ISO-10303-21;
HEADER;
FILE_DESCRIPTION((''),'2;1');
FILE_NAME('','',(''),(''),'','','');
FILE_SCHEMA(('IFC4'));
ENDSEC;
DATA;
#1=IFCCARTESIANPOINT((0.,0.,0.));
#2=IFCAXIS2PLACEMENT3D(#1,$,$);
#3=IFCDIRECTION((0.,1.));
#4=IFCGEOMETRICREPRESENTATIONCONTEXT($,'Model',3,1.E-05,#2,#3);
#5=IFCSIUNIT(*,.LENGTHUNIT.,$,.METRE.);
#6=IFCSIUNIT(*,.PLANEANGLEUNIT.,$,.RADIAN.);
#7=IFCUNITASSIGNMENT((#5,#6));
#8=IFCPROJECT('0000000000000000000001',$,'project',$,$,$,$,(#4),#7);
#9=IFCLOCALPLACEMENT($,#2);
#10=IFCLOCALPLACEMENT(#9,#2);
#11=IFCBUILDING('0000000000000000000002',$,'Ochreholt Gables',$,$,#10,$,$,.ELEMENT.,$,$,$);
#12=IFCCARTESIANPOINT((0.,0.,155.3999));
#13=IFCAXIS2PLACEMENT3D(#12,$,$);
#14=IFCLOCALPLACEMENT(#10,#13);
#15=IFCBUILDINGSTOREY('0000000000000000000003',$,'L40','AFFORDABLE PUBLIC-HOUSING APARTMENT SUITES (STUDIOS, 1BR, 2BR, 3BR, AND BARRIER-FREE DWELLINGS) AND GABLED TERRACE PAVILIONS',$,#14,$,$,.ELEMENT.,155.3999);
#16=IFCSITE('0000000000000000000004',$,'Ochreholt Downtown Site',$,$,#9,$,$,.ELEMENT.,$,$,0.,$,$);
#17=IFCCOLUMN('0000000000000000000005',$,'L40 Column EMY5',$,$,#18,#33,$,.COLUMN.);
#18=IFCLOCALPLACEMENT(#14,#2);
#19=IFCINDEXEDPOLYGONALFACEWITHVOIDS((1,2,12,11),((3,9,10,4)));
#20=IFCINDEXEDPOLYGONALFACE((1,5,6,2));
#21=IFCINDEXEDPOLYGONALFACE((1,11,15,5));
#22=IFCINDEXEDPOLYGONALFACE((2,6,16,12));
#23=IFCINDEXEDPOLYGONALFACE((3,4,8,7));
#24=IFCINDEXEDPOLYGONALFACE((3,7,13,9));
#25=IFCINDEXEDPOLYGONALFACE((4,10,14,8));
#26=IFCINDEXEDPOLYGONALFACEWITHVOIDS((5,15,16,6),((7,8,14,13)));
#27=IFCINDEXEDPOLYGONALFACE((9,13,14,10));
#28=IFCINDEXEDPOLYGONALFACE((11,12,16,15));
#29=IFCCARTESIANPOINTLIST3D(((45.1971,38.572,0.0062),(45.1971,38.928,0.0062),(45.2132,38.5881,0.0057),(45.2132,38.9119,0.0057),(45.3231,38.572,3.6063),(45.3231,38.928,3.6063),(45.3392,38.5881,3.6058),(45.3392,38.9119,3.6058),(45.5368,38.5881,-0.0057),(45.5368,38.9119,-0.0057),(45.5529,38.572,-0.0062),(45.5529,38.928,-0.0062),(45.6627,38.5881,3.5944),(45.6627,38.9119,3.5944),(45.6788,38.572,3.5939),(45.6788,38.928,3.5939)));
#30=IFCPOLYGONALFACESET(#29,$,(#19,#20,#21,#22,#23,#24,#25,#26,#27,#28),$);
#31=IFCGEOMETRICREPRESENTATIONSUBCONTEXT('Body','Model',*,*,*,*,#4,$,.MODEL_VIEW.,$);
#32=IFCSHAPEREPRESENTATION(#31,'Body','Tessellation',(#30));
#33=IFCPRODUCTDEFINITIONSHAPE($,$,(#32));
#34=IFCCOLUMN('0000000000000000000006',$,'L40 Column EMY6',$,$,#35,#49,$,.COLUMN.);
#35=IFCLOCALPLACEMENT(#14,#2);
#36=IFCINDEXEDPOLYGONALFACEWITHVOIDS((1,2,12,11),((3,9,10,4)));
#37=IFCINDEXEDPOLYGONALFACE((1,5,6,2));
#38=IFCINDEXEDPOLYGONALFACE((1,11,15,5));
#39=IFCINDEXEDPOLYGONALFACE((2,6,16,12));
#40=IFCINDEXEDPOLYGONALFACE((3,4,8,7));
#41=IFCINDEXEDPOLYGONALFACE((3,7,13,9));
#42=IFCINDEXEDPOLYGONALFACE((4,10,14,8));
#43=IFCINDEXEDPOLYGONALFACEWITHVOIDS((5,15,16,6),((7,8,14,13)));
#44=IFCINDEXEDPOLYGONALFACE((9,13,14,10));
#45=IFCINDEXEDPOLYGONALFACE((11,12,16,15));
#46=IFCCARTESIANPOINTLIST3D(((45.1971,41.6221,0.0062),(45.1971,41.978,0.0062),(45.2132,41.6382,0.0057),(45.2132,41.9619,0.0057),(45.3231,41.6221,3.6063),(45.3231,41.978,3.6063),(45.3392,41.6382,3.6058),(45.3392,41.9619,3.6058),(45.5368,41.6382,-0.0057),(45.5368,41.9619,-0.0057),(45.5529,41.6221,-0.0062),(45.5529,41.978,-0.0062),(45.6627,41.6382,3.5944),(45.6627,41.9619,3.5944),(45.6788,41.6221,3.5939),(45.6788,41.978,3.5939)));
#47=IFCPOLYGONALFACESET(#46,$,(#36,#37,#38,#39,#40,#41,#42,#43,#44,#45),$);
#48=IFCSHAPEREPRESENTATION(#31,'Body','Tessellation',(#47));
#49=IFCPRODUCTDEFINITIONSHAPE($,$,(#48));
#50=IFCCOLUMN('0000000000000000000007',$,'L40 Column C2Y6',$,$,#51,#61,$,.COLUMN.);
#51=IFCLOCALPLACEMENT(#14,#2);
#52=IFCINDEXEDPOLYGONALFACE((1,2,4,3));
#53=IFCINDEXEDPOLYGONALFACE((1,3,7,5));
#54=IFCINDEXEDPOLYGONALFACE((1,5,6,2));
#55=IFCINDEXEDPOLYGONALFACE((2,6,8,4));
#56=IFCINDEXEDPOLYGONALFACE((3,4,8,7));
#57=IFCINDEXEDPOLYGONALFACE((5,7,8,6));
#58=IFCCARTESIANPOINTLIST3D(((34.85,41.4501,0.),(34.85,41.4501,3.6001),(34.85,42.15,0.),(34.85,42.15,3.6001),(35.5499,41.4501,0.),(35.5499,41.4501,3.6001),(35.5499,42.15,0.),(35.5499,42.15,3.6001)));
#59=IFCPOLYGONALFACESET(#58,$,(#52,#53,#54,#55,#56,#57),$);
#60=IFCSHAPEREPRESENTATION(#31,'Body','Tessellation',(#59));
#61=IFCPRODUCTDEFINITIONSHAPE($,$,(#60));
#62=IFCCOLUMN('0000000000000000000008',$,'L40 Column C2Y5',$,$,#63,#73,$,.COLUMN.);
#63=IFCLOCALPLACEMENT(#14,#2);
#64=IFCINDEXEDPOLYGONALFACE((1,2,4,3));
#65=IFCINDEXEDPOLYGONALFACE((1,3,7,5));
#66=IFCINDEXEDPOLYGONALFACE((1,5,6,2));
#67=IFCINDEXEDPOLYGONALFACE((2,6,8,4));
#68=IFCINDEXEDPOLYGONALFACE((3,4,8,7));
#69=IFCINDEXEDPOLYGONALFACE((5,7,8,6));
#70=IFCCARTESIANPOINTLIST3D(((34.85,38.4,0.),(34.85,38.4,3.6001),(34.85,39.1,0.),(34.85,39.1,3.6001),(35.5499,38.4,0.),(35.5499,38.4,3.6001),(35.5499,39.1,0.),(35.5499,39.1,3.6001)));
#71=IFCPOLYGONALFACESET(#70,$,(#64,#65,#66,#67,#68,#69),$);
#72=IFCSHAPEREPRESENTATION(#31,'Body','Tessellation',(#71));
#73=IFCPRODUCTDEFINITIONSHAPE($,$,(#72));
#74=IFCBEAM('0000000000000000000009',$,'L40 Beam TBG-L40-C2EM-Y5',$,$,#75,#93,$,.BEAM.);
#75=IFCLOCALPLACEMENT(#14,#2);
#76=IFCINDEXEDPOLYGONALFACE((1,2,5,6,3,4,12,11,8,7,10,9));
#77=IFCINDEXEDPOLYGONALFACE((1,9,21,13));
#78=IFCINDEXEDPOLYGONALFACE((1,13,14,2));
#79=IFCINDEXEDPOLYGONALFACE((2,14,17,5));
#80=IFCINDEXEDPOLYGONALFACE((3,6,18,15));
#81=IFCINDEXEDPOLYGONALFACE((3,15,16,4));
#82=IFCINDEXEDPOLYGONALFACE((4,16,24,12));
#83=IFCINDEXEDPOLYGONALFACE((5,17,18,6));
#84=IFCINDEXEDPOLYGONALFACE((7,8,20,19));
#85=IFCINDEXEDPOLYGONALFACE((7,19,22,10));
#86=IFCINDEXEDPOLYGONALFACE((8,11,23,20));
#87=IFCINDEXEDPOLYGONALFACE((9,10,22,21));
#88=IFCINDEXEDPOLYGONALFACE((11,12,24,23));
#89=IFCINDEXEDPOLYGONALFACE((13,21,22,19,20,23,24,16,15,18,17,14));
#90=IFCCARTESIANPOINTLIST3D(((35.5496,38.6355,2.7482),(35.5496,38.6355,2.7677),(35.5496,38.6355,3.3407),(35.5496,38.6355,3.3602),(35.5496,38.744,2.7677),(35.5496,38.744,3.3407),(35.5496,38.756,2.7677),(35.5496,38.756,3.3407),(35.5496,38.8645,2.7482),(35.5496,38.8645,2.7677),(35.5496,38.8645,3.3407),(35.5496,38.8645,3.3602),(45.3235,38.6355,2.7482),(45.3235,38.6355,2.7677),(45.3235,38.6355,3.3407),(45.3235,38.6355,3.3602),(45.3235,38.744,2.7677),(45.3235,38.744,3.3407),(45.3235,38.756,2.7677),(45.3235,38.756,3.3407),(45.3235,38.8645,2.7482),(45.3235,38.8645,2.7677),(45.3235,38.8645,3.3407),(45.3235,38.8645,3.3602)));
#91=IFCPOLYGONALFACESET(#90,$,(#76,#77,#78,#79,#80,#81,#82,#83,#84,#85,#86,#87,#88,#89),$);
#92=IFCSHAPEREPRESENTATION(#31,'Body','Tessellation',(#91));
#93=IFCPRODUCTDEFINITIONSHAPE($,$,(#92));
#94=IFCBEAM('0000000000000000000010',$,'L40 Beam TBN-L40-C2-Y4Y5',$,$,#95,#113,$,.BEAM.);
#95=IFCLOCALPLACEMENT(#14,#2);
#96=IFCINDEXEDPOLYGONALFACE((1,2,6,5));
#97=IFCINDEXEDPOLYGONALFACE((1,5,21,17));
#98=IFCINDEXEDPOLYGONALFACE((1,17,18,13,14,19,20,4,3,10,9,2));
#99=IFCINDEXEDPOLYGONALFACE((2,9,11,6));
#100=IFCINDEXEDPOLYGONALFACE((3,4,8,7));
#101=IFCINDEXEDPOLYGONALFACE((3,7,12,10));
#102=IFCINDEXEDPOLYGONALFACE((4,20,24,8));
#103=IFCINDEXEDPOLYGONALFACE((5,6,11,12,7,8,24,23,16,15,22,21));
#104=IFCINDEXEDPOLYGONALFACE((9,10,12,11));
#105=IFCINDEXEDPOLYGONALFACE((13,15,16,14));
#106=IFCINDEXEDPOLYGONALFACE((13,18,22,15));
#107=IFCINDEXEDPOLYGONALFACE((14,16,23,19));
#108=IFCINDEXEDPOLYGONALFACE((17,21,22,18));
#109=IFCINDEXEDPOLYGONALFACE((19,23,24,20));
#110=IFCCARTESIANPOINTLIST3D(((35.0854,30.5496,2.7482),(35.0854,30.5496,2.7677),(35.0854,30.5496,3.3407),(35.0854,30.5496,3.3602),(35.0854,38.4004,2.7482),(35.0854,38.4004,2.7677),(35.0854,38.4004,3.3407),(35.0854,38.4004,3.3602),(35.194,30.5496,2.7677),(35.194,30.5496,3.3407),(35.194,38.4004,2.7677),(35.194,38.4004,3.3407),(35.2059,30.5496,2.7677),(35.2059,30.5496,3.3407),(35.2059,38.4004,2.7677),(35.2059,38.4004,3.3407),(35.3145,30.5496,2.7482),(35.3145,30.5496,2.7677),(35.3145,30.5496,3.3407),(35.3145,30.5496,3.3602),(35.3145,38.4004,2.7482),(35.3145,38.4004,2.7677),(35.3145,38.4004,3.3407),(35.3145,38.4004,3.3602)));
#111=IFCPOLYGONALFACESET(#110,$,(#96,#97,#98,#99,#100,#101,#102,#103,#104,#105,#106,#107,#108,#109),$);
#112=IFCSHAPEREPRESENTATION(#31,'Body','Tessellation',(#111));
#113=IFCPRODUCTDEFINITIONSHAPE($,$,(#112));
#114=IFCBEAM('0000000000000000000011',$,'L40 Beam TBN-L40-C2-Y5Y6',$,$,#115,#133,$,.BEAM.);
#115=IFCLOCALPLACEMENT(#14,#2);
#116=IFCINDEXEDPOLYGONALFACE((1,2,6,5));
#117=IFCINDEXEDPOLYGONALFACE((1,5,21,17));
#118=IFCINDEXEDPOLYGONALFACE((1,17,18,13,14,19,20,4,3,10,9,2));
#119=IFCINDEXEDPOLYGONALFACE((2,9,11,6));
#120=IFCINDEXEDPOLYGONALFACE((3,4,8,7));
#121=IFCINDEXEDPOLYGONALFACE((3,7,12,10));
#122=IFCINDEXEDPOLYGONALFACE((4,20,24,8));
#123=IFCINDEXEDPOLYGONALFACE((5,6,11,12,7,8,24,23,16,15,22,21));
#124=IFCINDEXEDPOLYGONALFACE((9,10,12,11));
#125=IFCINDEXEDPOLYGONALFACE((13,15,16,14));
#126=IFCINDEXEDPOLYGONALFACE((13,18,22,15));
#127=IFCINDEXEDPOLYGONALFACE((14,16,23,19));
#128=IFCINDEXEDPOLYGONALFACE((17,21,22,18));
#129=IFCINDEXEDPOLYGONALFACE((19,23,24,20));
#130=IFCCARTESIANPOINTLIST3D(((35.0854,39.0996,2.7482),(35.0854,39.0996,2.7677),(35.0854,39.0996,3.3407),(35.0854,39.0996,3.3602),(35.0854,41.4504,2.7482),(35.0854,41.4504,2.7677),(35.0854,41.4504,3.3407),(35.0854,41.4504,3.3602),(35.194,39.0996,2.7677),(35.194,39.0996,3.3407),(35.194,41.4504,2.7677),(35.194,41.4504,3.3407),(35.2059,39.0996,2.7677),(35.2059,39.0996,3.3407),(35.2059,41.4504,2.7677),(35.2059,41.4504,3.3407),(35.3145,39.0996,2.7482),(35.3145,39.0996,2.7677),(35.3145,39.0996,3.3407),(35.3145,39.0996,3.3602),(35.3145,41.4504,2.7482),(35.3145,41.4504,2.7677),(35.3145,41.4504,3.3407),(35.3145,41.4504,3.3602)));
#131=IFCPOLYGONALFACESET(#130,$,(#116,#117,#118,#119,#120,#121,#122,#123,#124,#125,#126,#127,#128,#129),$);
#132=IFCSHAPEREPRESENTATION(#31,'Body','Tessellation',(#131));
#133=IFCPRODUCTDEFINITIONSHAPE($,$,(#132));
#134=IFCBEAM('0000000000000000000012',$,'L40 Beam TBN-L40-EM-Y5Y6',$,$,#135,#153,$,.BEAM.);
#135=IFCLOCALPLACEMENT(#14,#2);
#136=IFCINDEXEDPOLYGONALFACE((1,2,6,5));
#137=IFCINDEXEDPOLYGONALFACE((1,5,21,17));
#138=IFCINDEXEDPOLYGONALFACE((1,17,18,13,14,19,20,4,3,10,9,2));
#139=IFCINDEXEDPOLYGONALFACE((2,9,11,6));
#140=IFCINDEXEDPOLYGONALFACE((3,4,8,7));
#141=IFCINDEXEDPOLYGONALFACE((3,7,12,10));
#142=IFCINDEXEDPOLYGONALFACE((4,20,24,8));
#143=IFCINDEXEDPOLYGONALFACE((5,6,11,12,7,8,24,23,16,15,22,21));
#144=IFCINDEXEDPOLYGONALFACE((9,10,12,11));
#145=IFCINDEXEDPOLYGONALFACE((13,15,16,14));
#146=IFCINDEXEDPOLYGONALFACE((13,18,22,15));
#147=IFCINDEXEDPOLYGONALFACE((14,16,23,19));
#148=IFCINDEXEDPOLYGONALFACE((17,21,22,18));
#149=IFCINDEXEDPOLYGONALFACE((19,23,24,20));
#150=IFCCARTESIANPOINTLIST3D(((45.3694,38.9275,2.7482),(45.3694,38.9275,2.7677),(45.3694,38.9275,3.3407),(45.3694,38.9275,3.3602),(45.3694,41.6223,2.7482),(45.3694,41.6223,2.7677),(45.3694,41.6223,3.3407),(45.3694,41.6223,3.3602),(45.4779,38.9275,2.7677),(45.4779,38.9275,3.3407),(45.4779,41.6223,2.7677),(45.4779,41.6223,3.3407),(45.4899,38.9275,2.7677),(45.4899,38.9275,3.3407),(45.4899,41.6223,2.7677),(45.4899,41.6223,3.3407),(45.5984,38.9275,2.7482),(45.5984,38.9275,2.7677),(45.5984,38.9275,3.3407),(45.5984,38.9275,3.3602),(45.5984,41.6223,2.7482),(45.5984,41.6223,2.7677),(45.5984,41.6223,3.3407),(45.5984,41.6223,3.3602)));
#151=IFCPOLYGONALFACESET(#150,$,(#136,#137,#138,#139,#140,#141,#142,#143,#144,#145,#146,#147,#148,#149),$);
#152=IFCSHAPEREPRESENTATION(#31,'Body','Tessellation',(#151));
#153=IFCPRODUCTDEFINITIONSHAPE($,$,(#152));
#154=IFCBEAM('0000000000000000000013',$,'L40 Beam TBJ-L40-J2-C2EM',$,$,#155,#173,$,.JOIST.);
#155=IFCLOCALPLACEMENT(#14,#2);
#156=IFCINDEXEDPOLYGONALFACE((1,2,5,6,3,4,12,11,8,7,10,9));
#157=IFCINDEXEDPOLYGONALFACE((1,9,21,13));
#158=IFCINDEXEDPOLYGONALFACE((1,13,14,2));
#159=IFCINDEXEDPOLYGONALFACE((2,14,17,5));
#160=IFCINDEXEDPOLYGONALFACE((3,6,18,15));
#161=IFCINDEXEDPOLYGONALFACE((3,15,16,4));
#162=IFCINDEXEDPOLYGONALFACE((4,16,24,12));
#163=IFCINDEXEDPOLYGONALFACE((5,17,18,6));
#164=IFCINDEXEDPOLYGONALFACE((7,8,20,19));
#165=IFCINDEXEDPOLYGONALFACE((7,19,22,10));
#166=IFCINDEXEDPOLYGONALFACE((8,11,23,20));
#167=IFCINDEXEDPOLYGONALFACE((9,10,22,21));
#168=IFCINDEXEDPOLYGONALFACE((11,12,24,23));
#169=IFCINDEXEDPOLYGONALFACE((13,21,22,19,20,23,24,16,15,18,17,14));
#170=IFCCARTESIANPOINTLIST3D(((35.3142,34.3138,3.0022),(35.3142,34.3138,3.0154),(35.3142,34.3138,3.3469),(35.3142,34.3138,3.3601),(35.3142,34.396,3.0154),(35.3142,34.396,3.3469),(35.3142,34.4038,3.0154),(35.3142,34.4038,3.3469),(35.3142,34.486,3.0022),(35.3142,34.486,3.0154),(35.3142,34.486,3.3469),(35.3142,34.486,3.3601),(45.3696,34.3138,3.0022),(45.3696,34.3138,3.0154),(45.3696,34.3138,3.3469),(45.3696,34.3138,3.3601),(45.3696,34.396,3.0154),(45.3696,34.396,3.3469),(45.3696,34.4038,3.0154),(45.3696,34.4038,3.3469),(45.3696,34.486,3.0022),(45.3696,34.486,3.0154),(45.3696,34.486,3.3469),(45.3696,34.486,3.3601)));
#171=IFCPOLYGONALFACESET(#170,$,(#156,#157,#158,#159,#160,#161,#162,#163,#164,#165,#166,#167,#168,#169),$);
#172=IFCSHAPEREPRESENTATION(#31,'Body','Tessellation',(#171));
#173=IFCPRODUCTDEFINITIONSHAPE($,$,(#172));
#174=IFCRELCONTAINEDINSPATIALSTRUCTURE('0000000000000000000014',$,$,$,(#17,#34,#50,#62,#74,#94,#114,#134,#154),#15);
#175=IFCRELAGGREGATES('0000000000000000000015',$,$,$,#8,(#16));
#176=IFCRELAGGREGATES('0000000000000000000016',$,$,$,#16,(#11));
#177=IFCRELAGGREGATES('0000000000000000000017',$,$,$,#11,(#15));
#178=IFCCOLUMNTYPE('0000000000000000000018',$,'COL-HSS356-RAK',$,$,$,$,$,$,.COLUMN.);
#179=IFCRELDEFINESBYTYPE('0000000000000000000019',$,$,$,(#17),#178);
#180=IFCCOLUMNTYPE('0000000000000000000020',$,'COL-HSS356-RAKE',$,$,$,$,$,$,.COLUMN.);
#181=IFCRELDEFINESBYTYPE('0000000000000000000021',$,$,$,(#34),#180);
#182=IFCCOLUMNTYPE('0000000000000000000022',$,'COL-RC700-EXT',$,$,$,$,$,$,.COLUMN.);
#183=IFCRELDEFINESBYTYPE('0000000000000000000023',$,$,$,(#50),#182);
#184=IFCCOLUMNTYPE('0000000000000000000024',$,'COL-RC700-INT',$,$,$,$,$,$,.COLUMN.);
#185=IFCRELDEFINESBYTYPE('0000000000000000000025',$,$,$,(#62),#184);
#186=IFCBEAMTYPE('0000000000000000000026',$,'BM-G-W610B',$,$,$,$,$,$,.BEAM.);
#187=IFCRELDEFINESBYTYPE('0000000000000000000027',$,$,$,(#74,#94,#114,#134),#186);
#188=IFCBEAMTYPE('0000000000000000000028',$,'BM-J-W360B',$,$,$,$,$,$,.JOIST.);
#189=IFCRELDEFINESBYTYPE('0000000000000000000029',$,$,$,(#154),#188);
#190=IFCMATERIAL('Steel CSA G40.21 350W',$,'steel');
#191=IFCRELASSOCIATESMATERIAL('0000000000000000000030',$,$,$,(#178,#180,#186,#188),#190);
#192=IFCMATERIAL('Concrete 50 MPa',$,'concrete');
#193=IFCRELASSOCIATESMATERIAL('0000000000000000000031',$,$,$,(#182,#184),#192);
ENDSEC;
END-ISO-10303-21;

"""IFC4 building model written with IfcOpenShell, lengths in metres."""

from ifc_helpers import new_model, si_unit, direction, frame, origin, origin_2d, place, context, subcontext, project, spatial, rectangle, hollow_rectangle, i_section, extrude, material, material_profile, profile_set, type_object, element, save


model = new_model("IFC4")

# Units and contexts
model_context = context("Model", 3, precision=1e-05, world=origin(), true_north=direction((0.0, 1.0)))
body_context = subcontext(model_context, "Body", "Model", "MODEL_VIEW")
ifc_project = project(units=[si_unit("LENGTHUNIT", "METRE"), si_unit("PLANEANGLEUNIT", "RADIAN")], contexts=[model_context])

# Site, building, storey
site_placement = place(None, origin())
site = spatial("IfcSite", under=ifc_project, at=site_placement, Name="Ochreholt Downtown Site", CompositionType="ELEMENT", RefElevation=0.0)
building_placement = place(site_placement, origin())
building = spatial("IfcBuilding", under=site, at=building_placement, Name="Ochreholt Gables", CompositionType="ELEMENT")
storey_placement = place(building_placement, frame((0.0, 0.0, 155.3999)))
storey = spatial("IfcBuildingStorey", under=building, at=storey_placement, Name="L40", Description="AFFORDABLE PUBLIC-HOUSING APARTMENT SUITES (STUDIOS, 1BR, 2BR, 3BR, AND BARRIER-FREE DWELLINGS) AND GABLED TERRACE PAVILIONS", CompositionType="ELEMENT", Elevation=155.3999)

# Columns
ifc_material_1 = material(Name="Steel CSA G40.21 350W", Category="steel")
ifc_material_profile_1 = material_profile(ifc_material_1, hollow_rectangle(XDim=0.356, YDim=0.356, WallThickness=0.0161, at=origin_2d()), Name="HSS356X356X16")
ifc_profile_set_1 = profile_set([ifc_material_profile_1], Name="Steel CSA G40.21 350W")
column_type_1 = type_object("IfcColumnType", Name="COL-HSS356-RAK", PredefinedType="COLUMN", material=ifc_profile_set_1)
column_1_placement = place(storey_placement, frame((45.375, 38.75, 0.0), z_axis=(0.034971, 0.0, 0.999388), x_axis=(0.0, 1.0, 0.0)))
element("IfcColumn", 1, at=column_1_placement, inside=storey, type_object=column_type_1, Name="L40 Column EMY5", PredefinedType="COLUMN", context=body_context, shape_type="SweptSolid", body=[
    extrude(hollow_rectangle(XDim=0.356, YDim=0.356, WallThickness=0.0161, at=origin_2d()), origin(), (0.0, 0.0, 1.0), 3.6023),
])
ifc_material_profile_2 = material_profile(ifc_material_1, hollow_rectangle(XDim=0.356, YDim=0.356, WallThickness=0.0161, at=origin_2d()), Name="HSS356X356X16")
ifc_profile_set_2 = profile_set([ifc_material_profile_2], Name="Steel CSA G40.21 350W")
column_type_2 = type_object("IfcColumnType", Name="COL-HSS356-RAKE", PredefinedType="COLUMN", material=ifc_profile_set_2)
column_2_placement = place(storey_placement, frame((45.375, 41.8, 0.0), z_axis=(0.034971, 0.0, 0.999388), x_axis=(0.0, 1.0, 0.0)))
element("IfcColumn", 2, at=column_2_placement, inside=storey, type_object=column_type_2, Name="L40 Column EMY6", PredefinedType="COLUMN", context=body_context, shape_type="SweptSolid", body=[
    extrude(hollow_rectangle(XDim=0.356, YDim=0.356, WallThickness=0.0161, at=origin_2d()), origin(), (0.0, 0.0, 1.0), 3.6023),
])
ifc_material_2 = material(Name="Concrete 50 MPa", Category="concrete")
ifc_material_profile_3 = material_profile(ifc_material_2, rectangle(XDim=0.7, YDim=0.7, at=origin_2d()), Name="RC700X700")
ifc_profile_set_3 = profile_set([ifc_material_profile_3], Name="Concrete 50 MPa")
column_type_3 = type_object("IfcColumnType", Name="COL-RC700-EXT", PredefinedType="COLUMN", material=ifc_profile_set_3)
column_3_placement = place(storey_placement, frame((35.2, 41.8, 0.0), z_axis=(0.0, 0.0, 1.0), x_axis=(1.0, 0.0, 0.0)))
element("IfcColumn", 3, at=column_3_placement, inside=storey, type_object=column_type_3, Name="L40 Column C2Y6", PredefinedType="COLUMN", context=body_context, shape_type="SweptSolid", body=[
    extrude(rectangle(XDim=0.7, YDim=0.7, at=origin_2d()), origin(), (0.0, 0.0, 1.0), 3.6001),
])
ifc_material_profile_4 = material_profile(ifc_material_2, rectangle(XDim=0.7, YDim=0.7, at=origin_2d()), Name="RC700X700")
ifc_profile_set_4 = profile_set([ifc_material_profile_4], Name="Concrete 50 MPa")
column_type_4 = type_object("IfcColumnType", Name="COL-RC700-INT", PredefinedType="COLUMN", material=ifc_profile_set_4)
column_4_placement = place(storey_placement, frame((35.2, 38.75, 0.0), z_axis=(0.0, 0.0, 1.0), x_axis=(1.0, 0.0, 0.0)))
element("IfcColumn", 4, at=column_4_placement, inside=storey, type_object=column_type_4, Name="L40 Column C2Y5", PredefinedType="COLUMN", context=body_context, shape_type="SweptSolid", body=[
    extrude(rectangle(XDim=0.7, YDim=0.7, at=origin_2d()), origin(), (0.0, 0.0, 1.0), 3.6001),
])

# Beams
ifc_material_profile_5 = material_profile(ifc_material_1, i_section(OverallWidth=0.229, OverallDepth=0.6121, WebThickness=0.012, FlangeThickness=0.0195, at=origin_2d()), Name="W610X125")
ifc_profile_set_5 = profile_set([ifc_material_profile_5], Name="Steel CSA G40.21 350W")
beam_type_1 = type_object("IfcBeamType", Name="BM-G-W610B", PredefinedType="BEAM", material=ifc_profile_set_5)
beam_1_placement = place(storey_placement, frame((35.5496, 38.75, 3.0542), z_axis=(1.0, 0.0, 0.0), x_axis=(0.0, 1.0, 0.0)))
element("IfcBeam", 5, at=beam_1_placement, inside=storey, type_object=beam_type_1, Name="L40 Beam TBG-L40-C2EM-Y5", PredefinedType="BEAM", context=body_context, shape_type="SweptSolid", body=[
    extrude(i_section(OverallWidth=0.229, OverallDepth=0.6121, WebThickness=0.012, FlangeThickness=0.0195, at=origin_2d()), origin(), (0.0, 0.0, 1.0), 9.7739),
])
beam_2_placement = place(storey_placement, frame((35.2, 30.5496, 3.0542), z_axis=(0.0, 1.0, 0.0), x_axis=(-1.0, 0.0, 0.0)))
element("IfcBeam", 6, at=beam_2_placement, inside=storey, type_object=beam_type_1, Name="L40 Beam TBN-L40-C2-Y4Y5", PredefinedType="BEAM", context=body_context, shape_type="SweptSolid", body=[
    extrude(i_section(OverallWidth=0.229, OverallDepth=0.6121, WebThickness=0.012, FlangeThickness=0.0195, at=origin_2d()), origin(), (0.0, 0.0, 1.0), 7.8508),
])
beam_3_placement = place(storey_placement, frame((35.2, 39.0996, 3.0542), z_axis=(0.0, 1.0, 0.0), x_axis=(-1.0, 0.0, 0.0)))
element("IfcBeam", 7, at=beam_3_placement, inside=storey, type_object=beam_type_1, Name="L40 Beam TBN-L40-C2-Y5Y6", PredefinedType="BEAM", context=body_context, shape_type="SweptSolid", body=[
    extrude(i_section(OverallWidth=0.229, OverallDepth=0.6121, WebThickness=0.012, FlangeThickness=0.0195, at=origin_2d()), origin(), (0.0, 0.0, 1.0), 2.3508),
])
beam_4_placement = place(storey_placement, frame((45.4839, 38.9275, 3.0542), z_axis=(0.0, 1.0, 0.0), x_axis=(-1.0, 0.0, 0.0)))
element("IfcBeam", 8, at=beam_4_placement, inside=storey, type_object=beam_type_1, Name="L40 Beam TBN-L40-EM-Y5Y6", PredefinedType="BEAM", context=body_context, shape_type="SweptSolid", body=[
    extrude(i_section(OverallWidth=0.229, OverallDepth=0.6121, WebThickness=0.012, FlangeThickness=0.0195, at=origin_2d()), origin(), (0.0, 0.0, 1.0), 2.6948),
])
ifc_material_profile_6 = material_profile(ifc_material_1, i_section(OverallWidth=0.1721, OverallDepth=0.3579, WebThickness=0.0078, FlangeThickness=0.0132, at=origin_2d()), Name="W360X57")
ifc_profile_set_6 = profile_set([ifc_material_profile_6], Name="Steel CSA G40.21 350W")
beam_type_2 = type_object("IfcBeamType", Name="BM-J-W360B", PredefinedType="JOIST", material=ifc_profile_set_6)
beam_5_placement = place(storey_placement, frame((35.3142, 34.3999, 3.1812), z_axis=(1.0, 0.0, 0.0), x_axis=(0.0, 1.0, 0.0)))
element("IfcBeam", 9, at=beam_5_placement, inside=storey, type_object=beam_type_2, Name="L40 Beam TBJ-L40-J2-C2EM", PredefinedType="JOIST", context=body_context, shape_type="SweptSolid", body=[
    extrude(i_section(OverallWidth=0.1721, OverallDepth=0.3579, WebThickness=0.0078, FlangeThickness=0.0132, at=origin_2d()), origin(), (0.0, 0.0, 1.0), 10.0554),
])

save(model, "model.ifc")
